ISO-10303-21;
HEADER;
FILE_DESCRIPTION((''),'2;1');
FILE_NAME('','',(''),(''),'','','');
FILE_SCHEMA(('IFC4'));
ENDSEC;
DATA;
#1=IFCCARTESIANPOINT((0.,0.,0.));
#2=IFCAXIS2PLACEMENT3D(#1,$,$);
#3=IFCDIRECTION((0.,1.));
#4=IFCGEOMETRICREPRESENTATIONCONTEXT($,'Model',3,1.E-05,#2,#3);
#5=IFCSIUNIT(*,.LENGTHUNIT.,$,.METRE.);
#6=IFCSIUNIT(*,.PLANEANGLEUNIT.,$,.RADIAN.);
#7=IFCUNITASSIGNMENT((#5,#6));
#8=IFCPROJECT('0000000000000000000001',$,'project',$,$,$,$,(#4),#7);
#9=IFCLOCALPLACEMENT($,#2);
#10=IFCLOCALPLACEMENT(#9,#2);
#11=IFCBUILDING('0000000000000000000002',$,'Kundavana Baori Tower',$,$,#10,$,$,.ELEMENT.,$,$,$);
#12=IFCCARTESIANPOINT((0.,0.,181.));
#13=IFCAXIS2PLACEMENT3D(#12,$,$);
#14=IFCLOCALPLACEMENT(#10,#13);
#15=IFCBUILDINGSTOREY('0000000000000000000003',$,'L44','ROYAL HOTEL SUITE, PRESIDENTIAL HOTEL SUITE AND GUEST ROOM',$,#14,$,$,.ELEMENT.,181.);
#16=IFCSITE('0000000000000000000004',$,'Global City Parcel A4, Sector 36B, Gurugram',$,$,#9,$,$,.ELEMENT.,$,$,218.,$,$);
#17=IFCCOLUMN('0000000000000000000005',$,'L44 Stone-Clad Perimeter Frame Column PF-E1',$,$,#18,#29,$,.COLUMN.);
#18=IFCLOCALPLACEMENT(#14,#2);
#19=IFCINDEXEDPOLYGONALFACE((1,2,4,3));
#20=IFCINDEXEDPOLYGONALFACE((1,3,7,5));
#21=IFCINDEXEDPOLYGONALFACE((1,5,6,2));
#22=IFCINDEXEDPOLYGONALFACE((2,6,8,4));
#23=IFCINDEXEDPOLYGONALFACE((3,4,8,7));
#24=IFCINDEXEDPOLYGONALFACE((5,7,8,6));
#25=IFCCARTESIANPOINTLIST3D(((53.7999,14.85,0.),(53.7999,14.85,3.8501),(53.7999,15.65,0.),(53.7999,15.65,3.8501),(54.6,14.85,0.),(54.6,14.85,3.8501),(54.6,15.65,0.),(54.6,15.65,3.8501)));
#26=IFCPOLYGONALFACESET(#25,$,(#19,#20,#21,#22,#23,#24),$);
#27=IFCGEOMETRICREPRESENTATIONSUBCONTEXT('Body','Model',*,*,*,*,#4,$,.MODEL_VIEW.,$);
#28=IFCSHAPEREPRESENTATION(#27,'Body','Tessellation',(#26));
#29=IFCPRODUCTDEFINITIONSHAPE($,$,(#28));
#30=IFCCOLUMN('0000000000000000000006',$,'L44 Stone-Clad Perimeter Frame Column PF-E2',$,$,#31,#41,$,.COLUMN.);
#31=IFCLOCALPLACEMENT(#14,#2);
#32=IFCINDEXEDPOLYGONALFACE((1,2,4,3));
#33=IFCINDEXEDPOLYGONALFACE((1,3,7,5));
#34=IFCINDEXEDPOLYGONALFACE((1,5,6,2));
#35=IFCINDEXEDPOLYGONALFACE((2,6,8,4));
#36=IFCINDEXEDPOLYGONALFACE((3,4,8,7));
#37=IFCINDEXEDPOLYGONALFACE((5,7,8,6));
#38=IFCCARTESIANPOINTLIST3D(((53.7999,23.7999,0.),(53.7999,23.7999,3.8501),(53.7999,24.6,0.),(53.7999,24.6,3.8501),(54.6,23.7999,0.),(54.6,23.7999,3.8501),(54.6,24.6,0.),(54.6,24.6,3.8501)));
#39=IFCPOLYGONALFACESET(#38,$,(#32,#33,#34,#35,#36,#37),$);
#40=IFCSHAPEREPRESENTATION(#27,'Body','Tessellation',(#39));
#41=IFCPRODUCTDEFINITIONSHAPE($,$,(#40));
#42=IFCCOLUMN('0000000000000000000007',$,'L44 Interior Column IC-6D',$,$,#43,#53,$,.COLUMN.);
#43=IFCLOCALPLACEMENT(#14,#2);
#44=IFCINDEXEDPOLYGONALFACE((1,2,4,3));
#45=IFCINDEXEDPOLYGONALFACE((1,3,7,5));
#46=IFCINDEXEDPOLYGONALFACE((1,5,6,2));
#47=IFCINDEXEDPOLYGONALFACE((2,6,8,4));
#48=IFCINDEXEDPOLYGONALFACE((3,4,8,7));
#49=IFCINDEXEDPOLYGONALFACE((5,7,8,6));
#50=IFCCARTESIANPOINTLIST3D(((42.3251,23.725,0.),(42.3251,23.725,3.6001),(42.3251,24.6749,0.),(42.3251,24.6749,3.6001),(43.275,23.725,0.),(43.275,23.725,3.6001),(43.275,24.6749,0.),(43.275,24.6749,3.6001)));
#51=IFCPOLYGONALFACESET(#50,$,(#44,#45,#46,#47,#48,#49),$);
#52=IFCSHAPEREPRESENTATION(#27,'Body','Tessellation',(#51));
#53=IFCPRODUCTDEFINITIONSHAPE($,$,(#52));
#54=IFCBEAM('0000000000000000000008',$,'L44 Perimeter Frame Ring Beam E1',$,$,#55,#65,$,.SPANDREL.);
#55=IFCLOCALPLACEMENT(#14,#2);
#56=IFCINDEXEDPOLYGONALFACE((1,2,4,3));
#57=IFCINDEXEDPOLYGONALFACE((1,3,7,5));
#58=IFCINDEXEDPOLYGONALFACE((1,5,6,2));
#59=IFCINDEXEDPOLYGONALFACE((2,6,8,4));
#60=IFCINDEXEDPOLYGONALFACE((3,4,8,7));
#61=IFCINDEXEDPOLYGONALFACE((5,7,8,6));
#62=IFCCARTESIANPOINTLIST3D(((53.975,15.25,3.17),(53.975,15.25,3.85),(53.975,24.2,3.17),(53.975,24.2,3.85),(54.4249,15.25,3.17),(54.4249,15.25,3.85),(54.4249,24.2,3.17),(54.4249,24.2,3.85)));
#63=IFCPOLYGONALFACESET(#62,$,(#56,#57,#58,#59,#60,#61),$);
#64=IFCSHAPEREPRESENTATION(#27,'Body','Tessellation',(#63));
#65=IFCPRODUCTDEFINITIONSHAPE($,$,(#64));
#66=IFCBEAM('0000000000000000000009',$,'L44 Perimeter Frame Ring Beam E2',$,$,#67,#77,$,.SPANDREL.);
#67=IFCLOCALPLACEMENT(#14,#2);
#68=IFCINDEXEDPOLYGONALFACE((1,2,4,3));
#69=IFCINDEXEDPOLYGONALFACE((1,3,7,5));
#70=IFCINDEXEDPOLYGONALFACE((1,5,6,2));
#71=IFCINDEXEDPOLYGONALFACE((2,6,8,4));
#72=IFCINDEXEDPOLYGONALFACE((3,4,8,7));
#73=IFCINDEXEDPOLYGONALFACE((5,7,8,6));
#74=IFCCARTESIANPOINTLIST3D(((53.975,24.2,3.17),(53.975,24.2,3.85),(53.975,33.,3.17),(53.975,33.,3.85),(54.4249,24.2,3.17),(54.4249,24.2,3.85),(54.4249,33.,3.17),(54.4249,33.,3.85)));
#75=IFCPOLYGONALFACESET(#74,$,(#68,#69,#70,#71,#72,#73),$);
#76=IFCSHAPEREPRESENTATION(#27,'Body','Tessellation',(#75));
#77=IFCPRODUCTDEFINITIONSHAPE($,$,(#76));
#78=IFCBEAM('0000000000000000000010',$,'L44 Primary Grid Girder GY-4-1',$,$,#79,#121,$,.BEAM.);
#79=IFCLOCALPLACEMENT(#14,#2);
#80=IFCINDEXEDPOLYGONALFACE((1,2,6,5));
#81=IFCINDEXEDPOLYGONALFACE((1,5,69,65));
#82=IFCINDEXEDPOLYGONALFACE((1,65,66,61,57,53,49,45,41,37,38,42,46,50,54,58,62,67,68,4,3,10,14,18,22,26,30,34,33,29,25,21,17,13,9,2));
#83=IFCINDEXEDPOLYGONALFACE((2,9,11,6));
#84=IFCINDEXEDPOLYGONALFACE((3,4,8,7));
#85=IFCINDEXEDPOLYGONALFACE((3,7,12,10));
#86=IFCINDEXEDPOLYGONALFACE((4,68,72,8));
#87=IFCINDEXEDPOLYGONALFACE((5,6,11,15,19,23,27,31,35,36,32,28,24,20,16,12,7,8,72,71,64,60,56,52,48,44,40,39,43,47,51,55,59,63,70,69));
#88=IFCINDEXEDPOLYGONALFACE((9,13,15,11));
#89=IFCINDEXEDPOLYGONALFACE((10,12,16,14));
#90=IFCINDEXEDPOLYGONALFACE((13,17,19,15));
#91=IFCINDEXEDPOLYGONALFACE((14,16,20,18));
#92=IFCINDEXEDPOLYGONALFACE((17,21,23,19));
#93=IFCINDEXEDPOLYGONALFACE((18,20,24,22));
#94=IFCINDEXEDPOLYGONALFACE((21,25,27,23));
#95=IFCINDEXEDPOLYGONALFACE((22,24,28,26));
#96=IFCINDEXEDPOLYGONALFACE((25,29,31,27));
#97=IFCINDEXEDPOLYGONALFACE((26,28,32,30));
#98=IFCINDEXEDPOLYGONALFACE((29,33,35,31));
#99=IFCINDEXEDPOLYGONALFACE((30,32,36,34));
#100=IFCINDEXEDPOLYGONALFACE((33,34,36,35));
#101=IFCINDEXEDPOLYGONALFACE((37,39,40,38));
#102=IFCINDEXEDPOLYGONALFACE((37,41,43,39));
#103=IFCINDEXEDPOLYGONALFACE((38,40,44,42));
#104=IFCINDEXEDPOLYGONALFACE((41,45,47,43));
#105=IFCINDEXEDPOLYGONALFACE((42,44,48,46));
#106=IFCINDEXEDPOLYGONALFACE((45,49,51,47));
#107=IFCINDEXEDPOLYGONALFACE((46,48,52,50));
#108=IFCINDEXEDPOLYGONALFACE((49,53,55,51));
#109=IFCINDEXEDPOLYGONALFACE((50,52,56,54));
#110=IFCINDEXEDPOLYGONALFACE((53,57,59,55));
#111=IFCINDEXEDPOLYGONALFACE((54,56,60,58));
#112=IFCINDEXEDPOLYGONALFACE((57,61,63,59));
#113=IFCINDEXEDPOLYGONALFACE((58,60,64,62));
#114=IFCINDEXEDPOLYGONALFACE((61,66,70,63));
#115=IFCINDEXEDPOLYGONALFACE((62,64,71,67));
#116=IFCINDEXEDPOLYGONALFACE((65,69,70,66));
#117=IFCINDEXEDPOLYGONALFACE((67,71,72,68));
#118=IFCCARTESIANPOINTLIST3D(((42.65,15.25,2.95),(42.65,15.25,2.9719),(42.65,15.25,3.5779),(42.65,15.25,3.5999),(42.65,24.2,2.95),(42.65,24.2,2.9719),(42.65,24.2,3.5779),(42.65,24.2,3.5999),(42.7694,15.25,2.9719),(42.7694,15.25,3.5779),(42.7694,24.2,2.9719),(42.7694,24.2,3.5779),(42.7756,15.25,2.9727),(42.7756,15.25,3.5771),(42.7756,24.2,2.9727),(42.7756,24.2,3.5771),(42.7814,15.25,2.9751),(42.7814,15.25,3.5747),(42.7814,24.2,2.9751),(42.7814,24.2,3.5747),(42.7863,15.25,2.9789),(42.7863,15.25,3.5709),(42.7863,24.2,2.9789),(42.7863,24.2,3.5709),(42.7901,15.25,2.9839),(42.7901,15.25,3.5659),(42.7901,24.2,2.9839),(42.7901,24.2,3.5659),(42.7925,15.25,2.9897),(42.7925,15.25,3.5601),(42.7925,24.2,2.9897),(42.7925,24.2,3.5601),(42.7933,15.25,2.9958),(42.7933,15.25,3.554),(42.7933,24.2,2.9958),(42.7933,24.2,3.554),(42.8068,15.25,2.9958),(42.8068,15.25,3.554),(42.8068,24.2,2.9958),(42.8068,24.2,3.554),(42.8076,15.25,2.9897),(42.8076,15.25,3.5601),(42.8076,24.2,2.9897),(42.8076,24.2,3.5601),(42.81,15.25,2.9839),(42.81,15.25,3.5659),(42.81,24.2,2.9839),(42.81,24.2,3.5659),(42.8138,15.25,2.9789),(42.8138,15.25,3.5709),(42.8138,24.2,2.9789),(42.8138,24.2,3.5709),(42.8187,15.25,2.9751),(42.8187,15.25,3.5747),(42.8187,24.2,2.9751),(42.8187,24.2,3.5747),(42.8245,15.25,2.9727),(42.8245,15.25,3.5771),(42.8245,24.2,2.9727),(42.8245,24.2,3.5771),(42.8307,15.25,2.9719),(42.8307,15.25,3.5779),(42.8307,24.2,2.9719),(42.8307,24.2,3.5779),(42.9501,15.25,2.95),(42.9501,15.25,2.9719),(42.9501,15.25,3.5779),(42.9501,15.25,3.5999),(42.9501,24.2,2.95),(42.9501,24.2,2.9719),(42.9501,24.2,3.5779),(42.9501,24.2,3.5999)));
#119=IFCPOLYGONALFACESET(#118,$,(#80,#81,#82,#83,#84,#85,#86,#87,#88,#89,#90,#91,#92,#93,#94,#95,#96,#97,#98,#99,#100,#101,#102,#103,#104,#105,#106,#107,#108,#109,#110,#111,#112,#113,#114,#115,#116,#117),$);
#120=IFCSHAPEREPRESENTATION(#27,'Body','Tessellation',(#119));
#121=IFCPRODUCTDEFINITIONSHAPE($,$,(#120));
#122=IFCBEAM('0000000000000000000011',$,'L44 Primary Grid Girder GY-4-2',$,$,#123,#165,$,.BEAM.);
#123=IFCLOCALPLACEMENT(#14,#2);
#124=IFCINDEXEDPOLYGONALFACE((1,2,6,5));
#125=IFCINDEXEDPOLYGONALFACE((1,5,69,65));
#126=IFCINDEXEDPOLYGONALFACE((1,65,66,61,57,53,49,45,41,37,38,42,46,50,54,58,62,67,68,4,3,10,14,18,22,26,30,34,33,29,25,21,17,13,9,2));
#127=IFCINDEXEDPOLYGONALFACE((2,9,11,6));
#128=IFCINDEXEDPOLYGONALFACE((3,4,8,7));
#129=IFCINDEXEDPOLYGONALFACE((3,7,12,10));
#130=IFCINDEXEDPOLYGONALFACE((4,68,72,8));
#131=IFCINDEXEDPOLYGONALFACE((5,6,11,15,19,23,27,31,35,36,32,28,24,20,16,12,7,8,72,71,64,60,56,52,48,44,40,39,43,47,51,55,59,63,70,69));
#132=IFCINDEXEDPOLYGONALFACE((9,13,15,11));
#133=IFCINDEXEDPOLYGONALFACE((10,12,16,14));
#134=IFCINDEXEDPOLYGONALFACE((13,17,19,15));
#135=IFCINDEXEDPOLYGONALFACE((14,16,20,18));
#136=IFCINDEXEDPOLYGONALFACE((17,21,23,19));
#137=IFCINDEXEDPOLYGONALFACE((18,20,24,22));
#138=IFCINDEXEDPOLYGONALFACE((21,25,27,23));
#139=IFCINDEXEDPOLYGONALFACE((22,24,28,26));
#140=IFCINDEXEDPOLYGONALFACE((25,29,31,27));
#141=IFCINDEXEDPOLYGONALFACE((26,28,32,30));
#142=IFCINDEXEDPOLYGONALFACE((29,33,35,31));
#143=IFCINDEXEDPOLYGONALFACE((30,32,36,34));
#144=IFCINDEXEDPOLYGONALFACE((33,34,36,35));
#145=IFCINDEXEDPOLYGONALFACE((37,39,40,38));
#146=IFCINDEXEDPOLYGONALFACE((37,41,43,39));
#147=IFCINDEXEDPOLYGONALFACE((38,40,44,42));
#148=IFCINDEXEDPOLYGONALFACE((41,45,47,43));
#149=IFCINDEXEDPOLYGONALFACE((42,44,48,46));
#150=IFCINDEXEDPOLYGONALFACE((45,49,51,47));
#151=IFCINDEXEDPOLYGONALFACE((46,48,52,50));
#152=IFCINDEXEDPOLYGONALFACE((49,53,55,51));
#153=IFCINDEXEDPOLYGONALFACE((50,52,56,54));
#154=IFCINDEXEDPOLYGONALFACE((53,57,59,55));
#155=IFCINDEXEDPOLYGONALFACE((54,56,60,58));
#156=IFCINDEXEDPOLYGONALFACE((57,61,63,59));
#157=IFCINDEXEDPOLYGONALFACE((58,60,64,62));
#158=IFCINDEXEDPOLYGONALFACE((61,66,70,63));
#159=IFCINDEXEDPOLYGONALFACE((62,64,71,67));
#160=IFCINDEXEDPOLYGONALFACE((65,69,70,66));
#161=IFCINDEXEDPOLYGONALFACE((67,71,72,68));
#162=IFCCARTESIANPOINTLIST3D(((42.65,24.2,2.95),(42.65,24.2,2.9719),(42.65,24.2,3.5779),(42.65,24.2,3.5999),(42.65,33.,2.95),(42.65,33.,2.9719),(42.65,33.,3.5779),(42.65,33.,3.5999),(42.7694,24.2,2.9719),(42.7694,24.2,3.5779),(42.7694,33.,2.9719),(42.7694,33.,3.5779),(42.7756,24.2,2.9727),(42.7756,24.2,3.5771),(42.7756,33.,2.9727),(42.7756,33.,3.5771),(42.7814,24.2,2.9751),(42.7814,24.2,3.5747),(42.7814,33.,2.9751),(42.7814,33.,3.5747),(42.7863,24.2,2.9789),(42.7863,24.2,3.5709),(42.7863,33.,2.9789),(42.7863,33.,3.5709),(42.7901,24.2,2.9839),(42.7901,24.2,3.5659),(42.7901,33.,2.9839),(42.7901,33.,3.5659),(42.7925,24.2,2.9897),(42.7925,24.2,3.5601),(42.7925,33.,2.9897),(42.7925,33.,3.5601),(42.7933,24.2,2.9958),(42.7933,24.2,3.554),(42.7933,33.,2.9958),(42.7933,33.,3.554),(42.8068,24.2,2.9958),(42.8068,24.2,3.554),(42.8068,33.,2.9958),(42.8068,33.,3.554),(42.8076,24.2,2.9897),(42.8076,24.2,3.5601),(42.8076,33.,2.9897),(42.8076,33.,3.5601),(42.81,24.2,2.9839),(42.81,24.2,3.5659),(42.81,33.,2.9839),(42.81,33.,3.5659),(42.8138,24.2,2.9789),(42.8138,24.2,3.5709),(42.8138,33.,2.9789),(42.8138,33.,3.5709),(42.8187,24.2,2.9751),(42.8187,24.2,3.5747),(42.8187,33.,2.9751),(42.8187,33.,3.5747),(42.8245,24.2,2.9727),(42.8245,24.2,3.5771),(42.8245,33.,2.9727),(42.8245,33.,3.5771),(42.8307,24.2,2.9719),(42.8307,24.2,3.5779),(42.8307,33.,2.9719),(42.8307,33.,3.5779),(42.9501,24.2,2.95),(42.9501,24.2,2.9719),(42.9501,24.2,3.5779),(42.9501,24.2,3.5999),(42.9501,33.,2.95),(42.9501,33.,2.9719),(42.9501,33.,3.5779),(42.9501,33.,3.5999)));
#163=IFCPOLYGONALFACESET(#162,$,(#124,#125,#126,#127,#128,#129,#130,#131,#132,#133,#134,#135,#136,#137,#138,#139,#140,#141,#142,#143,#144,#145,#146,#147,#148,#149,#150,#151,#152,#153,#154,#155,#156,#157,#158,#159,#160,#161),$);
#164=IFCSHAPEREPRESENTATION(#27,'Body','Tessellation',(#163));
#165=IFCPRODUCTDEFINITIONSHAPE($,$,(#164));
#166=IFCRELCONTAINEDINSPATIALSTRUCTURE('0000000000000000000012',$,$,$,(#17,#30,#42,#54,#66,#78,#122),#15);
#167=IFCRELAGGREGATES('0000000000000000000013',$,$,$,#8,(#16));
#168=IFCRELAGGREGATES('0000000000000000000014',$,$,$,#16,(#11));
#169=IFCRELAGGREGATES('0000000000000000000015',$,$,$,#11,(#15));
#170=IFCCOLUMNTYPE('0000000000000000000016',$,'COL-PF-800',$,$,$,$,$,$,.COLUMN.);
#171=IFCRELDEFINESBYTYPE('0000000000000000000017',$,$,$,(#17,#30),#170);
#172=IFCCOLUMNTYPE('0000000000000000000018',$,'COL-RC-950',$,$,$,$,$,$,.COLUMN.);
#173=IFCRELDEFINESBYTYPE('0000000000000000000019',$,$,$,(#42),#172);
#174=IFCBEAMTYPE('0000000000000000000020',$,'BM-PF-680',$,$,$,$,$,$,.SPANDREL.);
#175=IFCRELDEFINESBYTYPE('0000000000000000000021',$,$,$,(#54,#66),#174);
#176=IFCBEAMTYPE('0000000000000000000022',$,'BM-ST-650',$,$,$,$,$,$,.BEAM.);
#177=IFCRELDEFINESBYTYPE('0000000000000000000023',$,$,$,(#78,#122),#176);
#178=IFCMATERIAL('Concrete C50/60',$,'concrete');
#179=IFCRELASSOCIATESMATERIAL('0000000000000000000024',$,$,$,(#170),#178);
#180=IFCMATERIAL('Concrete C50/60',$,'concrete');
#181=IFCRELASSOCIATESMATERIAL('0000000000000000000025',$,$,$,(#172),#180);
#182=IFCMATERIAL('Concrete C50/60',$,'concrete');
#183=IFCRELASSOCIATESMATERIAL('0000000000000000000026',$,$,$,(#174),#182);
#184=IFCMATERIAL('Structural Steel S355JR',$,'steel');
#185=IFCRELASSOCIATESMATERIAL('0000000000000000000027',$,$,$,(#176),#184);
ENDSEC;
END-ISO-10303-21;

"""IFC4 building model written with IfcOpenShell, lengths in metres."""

from ifc_helpers import new_model, si_unit, direction, frame, origin, origin_2d, place, context, subcontext, project, spatial, rectangle, i_section, extrude, material, material_profile, profile_set, type_object, element, save


model = new_model("IFC4")

# Units and contexts
model_context = context("Model", 3, precision=1e-05, world=origin(), true_north=direction((0.0, 1.0)))
body_context = subcontext(model_context, "Body", "Model", "MODEL_VIEW")
ifc_project = project(units=[si_unit("LENGTHUNIT", "METRE"), si_unit("PLANEANGLEUNIT", "RADIAN")], contexts=[model_context])

# Site, building, storey
site_placement = place(None, origin())
site = spatial("IfcSite", under=ifc_project, at=site_placement, Name="Global City Parcel A4, Sector 36B, Gurugram", CompositionType="ELEMENT", RefElevation=218.0)
building_placement = place(site_placement, origin())
building = spatial("IfcBuilding", under=site, at=building_placement, Name="Kundavana Baori Tower", CompositionType="ELEMENT")
storey_placement = place(building_placement, frame((0.0, 0.0, 181.0)))
storey = spatial("IfcBuildingStorey", under=building, at=storey_placement, Name="L44", Description="ROYAL HOTEL SUITE, PRESIDENTIAL HOTEL SUITE AND GUEST ROOM", CompositionType="ELEMENT", Elevation=181.0)

# Columns
ifc_material_1 = material(Name="Concrete C50/60", Category="concrete")
ifc_material_profile_1 = material_profile(ifc_material_1, rectangle(XDim=0.8, YDim=0.8, at=origin_2d()), Name="RC PF 800x800")
ifc_profile_set_1 = profile_set([ifc_material_profile_1], Name="Concrete C50/60")
column_type_1 = type_object("IfcColumnType", Name="COL-PF-800", PredefinedType="COLUMN", material=ifc_profile_set_1)
for number, where, z_axis, x_axis, name in (
    (1, (54.2, 15.25, 0.0), (0.0, 0.0, 1.0), (1.0, 0.0, 0.0), "L44 Stone-Clad Perimeter Frame Column PF-E1"),
    (2, (54.2, 24.2, 0.0), (0.0, 0.0, 1.0), (1.0, 0.0, 0.0), "L44 Stone-Clad Perimeter Frame Column PF-E2"),
):
    element("IfcColumn", number, at=place(storey_placement, frame(where, z_axis=z_axis, x_axis=x_axis)), inside=storey, type_object=column_type_1, Name=name, PredefinedType="COLUMN", context=body_context, shape_type="SweptSolid", body=[
        extrude(rectangle(XDim=0.8, YDim=0.8, at=origin_2d()), origin(), (0.0, 0.0, 1.0), 3.8501),
    ])
ifc_material_2 = material(Name="Concrete C50/60", Category="concrete")
ifc_material_profile_2 = material_profile(ifc_material_2, rectangle(XDim=0.95, YDim=0.95, at=origin_2d()), Name="RC 950x950")
ifc_profile_set_2 = profile_set([ifc_material_profile_2], Name="Concrete C50/60")
column_type_2 = type_object("IfcColumnType", Name="COL-RC-950", PredefinedType="COLUMN", material=ifc_profile_set_2)
column_placement = place(storey_placement, frame((42.8, 24.2, 0.0), z_axis=(0.0, 0.0, 1.0), x_axis=(1.0, 0.0, 0.0)))
element("IfcColumn", 3, at=column_placement, inside=storey, type_object=column_type_2, Name="L44 Interior Column IC-6D", PredefinedType="COLUMN", context=body_context, shape_type="SweptSolid", body=[
    extrude(rectangle(XDim=0.95, YDim=0.95, at=origin_2d()), origin(), (0.0, 0.0, 1.0), 3.6001),
])

# Beams
ifc_material_3 = material(Name="Concrete C50/60", Category="concrete")
ifc_material_profile_3 = material_profile(ifc_material_3, rectangle(XDim=0.45, YDim=0.6799, at=origin_2d()), Name="RC BM 450x680")
ifc_profile_set_3 = profile_set([ifc_material_profile_3], Name="Concrete C50/60")
beam_type_1 = type_object("IfcBeamType", Name="BM-PF-680", PredefinedType="SPANDREL", material=ifc_profile_set_3)
beam_1_placement = place(storey_placement, frame((54.2, 15.25, 3.51), z_axis=(0.0, 1.0, 0.0), x_axis=(-1.0, 0.0, 0.0)))
element("IfcBeam", 4, at=beam_1_placement, inside=storey, type_object=beam_type_1, Name="L44 Perimeter Frame Ring Beam E1", PredefinedType="SPANDREL", context=body_context, shape_type="SweptSolid", body=[
    extrude(rectangle(XDim=0.45, YDim=0.6799, at=origin_2d()), origin(), (0.0, 0.0, 1.0), 8.95),
])
beam_2_placement = place(storey_placement, frame((54.2, 24.2, 3.51), z_axis=(0.0, 1.0, 0.0), x_axis=(-1.0, 0.0, 0.0)))
element("IfcBeam", 5, at=beam_2_placement, inside=storey, type_object=beam_type_1, Name="L44 Perimeter Frame Ring Beam E2", PredefinedType="SPANDREL", context=body_context, shape_type="SweptSolid", body=[
    extrude(rectangle(XDim=0.45, YDim=0.6799, at=origin_2d()), origin(), (0.0, 0.0, 1.0), 8.8),
])
ifc_material_4 = material(Name="Structural Steel S355JR", Category="steel")
ifc_material_profile_4 = material_profile(ifc_material_4, i_section(OverallWidth=0.3, OverallDepth=0.6499, WebThickness=0.0134, FlangeThickness=0.022, FilletRadius=0.0239, at=origin_2d()), Name="NPB 650x300x155")
ifc_profile_set_4 = profile_set([ifc_material_profile_4], Name="Structural Steel S355JR")
beam_type_2 = type_object("IfcBeamType", Name="BM-ST-650", PredefinedType="BEAM", material=ifc_profile_set_4)
beam_3_placement = place(storey_placement, frame((42.8, 15.25, 3.2749), z_axis=(0.0, 1.0, 0.0), x_axis=(-1.0, 0.0, 0.0)))
element("IfcBeam", 6, at=beam_3_placement, inside=storey, type_object=beam_type_2, Name="L44 Primary Grid Girder GY-4-1", PredefinedType="BEAM", context=body_context, shape_type="SweptSolid", body=[
    extrude(i_section(OverallWidth=0.3, OverallDepth=0.6499, WebThickness=0.0134, FlangeThickness=0.022, FilletRadius=0.0239, at=origin_2d()), origin(), (0.0, 0.0, 1.0), 8.95),
])
beam_4_placement = place(storey_placement, frame((42.8, 24.2, 3.2749), z_axis=(0.0, 1.0, 0.0), x_axis=(-1.0, 0.0, 0.0)))
element("IfcBeam", 7, at=beam_4_placement, inside=storey, type_object=beam_type_2, Name="L44 Primary Grid Girder GY-4-2", PredefinedType="BEAM", context=body_context, shape_type="SweptSolid", body=[
    extrude(i_section(OverallWidth=0.3, OverallDepth=0.6499, WebThickness=0.0134, FlangeThickness=0.022, FilletRadius=0.0239, at=origin_2d()), origin(), (0.0, 0.0, 1.0), 8.8),
])

save(model, "model.ifc")
